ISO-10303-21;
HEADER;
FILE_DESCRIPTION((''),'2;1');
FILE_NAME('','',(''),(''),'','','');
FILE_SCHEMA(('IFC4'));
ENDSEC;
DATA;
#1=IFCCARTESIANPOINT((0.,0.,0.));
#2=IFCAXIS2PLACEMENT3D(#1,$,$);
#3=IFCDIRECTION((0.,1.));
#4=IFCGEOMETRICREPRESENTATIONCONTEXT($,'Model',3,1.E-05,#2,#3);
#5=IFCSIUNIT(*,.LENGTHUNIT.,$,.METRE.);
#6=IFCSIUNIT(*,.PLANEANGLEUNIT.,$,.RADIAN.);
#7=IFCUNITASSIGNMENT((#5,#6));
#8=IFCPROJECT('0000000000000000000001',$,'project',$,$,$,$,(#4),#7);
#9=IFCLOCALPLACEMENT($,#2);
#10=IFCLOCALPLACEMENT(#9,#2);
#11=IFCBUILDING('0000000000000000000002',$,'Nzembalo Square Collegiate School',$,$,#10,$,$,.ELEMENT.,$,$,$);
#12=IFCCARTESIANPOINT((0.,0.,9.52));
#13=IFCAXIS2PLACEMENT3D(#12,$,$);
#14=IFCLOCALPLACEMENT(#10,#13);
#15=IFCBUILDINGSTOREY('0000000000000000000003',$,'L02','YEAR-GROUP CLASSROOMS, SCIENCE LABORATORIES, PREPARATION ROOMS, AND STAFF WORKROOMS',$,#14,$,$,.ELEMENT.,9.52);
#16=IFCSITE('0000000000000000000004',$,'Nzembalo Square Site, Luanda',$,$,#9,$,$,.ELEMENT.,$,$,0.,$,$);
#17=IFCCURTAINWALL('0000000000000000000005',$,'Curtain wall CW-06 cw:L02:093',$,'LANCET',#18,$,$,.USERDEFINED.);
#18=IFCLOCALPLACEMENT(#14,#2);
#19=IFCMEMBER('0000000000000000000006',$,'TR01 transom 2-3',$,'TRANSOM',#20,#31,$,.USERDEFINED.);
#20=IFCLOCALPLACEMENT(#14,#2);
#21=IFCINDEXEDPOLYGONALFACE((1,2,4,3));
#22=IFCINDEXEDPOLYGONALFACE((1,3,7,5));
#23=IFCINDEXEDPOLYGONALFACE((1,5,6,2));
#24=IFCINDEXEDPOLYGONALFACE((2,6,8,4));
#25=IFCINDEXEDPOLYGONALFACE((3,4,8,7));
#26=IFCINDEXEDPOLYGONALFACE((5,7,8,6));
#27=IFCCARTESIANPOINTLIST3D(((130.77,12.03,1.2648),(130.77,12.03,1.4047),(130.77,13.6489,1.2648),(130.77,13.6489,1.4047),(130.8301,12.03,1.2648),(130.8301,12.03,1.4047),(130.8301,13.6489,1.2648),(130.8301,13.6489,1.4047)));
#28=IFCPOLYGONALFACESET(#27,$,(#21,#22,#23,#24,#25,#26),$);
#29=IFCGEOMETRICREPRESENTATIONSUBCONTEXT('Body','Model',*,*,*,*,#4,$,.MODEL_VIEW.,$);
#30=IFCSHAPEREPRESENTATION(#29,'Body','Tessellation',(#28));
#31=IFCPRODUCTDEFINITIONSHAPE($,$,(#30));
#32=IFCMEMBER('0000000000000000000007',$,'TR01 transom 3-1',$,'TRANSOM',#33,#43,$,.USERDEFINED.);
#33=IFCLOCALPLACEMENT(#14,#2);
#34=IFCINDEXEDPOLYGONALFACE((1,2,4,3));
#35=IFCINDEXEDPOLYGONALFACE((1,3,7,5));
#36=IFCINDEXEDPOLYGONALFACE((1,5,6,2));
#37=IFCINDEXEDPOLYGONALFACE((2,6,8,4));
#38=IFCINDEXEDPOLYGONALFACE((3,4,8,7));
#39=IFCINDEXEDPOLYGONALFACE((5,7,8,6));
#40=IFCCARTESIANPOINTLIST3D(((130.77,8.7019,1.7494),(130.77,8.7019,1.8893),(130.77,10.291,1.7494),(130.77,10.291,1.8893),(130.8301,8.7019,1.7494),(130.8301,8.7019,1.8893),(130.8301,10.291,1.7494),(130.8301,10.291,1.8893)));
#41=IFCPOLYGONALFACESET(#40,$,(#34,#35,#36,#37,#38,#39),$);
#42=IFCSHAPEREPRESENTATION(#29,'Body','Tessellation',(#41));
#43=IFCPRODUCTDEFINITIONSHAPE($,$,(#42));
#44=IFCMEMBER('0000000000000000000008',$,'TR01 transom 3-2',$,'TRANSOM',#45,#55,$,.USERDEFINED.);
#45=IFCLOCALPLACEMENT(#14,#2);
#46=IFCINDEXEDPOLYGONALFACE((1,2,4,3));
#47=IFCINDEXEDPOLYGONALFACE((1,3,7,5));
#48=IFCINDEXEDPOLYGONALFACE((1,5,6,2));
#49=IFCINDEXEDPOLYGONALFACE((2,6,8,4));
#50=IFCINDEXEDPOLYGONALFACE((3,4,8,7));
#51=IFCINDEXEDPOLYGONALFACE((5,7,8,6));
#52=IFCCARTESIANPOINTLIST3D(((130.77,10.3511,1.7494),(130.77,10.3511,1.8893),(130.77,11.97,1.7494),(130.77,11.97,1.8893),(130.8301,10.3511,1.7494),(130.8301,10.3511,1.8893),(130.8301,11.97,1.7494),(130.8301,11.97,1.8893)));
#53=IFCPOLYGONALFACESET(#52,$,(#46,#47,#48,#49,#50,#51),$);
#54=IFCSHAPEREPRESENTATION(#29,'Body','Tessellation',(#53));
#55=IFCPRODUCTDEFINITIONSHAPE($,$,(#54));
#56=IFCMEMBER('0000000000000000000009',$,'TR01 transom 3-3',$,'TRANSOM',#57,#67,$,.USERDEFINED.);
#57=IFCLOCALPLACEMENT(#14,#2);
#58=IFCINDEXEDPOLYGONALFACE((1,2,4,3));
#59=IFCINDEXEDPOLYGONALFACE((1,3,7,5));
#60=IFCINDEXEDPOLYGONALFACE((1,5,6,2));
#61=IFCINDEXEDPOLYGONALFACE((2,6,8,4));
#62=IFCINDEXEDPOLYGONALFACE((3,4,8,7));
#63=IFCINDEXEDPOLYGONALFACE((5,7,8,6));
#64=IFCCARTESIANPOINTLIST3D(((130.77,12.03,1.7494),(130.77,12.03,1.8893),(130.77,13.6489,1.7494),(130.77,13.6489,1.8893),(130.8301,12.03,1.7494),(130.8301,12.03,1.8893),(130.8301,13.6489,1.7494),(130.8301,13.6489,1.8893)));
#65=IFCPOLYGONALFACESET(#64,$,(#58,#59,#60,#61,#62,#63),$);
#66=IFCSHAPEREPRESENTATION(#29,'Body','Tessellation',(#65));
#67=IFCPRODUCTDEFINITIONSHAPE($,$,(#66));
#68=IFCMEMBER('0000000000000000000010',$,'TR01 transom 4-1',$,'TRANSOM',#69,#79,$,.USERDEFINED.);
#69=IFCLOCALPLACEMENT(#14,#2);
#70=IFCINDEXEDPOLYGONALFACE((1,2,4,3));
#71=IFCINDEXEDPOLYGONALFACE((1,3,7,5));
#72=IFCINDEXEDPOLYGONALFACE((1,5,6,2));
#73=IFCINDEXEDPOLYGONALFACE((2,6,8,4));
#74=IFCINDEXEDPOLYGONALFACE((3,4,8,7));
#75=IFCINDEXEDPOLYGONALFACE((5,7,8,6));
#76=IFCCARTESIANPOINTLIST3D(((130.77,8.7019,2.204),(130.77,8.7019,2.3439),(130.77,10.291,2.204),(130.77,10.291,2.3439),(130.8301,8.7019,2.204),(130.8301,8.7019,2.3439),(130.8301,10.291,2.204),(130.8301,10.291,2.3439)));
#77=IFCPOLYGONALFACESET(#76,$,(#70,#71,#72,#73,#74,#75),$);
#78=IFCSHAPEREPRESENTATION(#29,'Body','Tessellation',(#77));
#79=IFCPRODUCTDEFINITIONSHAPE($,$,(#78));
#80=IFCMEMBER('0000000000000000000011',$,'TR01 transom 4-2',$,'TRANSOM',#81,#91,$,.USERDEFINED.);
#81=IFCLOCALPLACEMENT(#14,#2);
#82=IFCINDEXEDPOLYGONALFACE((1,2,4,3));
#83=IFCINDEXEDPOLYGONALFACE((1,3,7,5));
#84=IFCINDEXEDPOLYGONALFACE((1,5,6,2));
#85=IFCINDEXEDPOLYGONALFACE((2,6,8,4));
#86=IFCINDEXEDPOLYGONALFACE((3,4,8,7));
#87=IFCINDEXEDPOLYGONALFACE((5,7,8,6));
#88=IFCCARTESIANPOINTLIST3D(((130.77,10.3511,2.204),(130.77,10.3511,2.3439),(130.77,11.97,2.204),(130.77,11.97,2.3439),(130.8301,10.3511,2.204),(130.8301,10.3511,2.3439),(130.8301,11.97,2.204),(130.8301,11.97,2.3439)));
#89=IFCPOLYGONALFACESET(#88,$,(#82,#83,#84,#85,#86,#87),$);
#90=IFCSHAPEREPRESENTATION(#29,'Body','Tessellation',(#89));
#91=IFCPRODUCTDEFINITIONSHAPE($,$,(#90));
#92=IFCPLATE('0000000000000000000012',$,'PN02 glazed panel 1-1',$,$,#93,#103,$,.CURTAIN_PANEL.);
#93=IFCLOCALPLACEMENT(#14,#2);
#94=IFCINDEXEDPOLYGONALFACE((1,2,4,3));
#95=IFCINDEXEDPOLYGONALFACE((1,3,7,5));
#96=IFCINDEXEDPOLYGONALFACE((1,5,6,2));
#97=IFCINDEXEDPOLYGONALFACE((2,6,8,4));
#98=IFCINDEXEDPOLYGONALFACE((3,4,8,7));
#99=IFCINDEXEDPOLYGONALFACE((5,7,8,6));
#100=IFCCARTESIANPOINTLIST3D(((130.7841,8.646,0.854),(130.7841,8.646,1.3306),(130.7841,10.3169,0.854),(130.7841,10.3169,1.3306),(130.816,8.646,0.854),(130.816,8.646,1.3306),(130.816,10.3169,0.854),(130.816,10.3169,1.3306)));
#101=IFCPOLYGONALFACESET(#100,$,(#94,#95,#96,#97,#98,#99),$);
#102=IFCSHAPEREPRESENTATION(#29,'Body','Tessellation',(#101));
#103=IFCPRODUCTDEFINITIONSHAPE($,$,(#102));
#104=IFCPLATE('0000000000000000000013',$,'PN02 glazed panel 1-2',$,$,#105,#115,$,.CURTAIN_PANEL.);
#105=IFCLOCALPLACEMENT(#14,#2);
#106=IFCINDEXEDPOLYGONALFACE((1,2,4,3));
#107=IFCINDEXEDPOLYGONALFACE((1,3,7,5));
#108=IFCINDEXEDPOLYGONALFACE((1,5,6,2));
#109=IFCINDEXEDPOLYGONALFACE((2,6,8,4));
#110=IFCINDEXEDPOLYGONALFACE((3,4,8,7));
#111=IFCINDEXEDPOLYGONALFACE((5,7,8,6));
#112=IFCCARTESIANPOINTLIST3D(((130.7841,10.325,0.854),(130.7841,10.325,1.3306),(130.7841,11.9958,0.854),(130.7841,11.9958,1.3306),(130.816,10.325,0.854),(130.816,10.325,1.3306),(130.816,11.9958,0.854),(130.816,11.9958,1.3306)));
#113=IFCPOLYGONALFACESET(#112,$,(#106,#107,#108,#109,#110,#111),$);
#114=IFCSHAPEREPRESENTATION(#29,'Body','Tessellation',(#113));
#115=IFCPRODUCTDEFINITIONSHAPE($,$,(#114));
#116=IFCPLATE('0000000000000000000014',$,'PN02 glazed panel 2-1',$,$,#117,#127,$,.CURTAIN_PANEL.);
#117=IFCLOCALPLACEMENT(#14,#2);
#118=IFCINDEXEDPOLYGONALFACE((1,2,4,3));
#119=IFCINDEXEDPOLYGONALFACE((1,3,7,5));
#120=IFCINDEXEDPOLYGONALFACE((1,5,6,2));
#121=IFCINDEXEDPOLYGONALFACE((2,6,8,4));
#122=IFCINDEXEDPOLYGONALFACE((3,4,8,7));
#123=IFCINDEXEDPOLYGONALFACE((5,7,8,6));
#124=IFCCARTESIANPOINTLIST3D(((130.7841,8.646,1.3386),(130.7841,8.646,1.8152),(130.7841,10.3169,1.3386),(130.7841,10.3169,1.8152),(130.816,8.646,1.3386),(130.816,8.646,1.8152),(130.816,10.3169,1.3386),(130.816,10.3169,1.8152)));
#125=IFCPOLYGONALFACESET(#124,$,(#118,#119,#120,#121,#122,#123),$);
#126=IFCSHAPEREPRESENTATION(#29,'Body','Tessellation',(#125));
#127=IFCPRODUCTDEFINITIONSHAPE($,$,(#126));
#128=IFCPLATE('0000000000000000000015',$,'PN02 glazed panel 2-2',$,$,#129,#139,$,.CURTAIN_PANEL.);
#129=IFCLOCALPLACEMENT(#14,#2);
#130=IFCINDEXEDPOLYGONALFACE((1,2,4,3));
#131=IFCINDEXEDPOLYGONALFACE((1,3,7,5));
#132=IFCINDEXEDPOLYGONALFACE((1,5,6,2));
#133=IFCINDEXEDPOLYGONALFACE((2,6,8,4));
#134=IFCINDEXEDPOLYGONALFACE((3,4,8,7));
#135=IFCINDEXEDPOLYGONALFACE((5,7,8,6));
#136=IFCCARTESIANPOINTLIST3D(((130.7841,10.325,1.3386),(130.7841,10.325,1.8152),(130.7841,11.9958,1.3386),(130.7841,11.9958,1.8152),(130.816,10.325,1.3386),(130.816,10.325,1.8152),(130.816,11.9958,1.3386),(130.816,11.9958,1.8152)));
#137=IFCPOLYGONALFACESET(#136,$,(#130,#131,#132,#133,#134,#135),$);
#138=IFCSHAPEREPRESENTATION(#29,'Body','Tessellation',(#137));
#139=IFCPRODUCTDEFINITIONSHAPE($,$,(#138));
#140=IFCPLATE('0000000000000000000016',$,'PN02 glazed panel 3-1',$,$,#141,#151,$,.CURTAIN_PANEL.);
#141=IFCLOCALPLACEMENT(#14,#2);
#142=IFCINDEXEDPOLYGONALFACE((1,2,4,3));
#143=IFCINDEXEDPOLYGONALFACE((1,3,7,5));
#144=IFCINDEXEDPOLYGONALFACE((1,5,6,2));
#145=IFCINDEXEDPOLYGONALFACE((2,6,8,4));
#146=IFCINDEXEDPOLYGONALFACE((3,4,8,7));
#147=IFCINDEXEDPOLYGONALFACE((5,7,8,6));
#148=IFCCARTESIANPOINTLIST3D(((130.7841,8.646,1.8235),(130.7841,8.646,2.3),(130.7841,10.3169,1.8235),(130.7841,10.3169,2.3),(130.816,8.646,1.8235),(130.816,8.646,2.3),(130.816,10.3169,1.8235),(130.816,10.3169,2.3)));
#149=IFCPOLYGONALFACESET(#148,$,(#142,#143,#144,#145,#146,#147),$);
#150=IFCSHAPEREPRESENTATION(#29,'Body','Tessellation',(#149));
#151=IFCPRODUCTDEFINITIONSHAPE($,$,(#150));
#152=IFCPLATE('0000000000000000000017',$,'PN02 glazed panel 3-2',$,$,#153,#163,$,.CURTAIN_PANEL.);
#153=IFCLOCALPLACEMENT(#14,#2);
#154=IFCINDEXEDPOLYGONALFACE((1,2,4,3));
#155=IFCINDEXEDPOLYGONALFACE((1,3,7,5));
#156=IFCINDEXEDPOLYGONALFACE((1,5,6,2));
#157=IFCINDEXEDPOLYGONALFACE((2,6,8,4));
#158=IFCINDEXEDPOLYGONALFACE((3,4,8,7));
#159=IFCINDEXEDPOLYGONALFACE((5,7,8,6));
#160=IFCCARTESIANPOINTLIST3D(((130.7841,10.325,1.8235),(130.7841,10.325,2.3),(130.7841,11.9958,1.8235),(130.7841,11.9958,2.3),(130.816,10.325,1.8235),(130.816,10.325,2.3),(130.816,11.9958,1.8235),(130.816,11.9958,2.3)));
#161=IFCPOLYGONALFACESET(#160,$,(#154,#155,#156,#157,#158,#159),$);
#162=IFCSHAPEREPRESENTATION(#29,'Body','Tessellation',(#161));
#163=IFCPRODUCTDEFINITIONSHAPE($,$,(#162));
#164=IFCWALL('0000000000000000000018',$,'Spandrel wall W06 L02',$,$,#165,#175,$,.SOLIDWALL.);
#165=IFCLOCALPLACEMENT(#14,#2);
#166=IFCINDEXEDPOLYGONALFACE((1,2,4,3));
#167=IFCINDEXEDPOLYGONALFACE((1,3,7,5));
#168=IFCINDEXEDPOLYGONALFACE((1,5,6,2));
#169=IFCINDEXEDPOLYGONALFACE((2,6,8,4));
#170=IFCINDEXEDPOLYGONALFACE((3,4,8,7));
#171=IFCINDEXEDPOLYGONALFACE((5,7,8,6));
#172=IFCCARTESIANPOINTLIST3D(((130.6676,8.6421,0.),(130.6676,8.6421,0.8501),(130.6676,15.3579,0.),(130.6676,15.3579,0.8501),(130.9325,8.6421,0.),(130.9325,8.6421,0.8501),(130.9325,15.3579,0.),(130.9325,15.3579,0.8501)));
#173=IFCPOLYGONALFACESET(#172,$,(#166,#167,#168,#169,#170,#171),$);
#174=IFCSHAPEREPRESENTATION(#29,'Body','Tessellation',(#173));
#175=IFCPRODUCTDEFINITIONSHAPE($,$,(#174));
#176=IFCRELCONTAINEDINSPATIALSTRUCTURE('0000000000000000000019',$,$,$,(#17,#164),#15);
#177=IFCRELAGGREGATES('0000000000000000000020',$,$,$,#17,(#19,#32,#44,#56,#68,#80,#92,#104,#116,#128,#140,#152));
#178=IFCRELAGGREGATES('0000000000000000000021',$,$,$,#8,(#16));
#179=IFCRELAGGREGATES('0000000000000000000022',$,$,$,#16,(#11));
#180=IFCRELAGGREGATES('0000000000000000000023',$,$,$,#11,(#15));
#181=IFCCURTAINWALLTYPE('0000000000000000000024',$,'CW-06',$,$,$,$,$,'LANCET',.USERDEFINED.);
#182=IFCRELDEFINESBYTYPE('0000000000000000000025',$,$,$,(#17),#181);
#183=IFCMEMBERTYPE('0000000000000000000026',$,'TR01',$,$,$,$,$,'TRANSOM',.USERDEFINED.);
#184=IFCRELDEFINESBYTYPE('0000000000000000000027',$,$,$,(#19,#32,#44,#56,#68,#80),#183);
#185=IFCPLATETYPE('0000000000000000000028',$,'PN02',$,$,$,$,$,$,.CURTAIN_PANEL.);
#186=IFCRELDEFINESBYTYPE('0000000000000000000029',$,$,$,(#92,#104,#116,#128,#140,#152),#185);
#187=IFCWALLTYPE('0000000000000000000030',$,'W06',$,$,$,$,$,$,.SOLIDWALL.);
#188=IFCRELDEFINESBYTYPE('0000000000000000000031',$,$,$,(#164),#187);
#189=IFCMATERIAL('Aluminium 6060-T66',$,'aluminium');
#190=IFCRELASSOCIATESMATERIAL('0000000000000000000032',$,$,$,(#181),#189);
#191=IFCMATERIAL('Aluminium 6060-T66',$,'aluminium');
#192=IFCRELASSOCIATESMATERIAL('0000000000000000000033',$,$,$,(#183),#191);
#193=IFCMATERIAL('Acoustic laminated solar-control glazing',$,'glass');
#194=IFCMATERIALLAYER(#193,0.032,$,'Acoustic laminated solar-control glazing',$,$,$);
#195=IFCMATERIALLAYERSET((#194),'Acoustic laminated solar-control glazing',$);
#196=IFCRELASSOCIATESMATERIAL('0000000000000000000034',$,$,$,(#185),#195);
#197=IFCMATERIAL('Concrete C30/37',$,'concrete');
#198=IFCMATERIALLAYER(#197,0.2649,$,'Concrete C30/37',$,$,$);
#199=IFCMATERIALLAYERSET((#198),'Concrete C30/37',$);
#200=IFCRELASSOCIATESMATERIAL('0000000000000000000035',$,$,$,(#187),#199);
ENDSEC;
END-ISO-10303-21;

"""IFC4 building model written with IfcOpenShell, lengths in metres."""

from ifc_helpers import new_model, si_unit, direction, frame, frame_2d, origin, origin_2d, place, context, subcontext, project, spatial, rectangle, extrude, material, layer, layer_set, material_profile, profile_set, type_object, element, aggregate, save


model = new_model("IFC4")

# Units and contexts
model_context = context("Model", 3, precision=1e-05, world=origin(), true_north=direction((0.0, 1.0)))
body_context = subcontext(model_context, "Body", "Model", "MODEL_VIEW")
ifc_project = project(units=[si_unit("LENGTHUNIT", "METRE"), si_unit("PLANEANGLEUNIT", "RADIAN")], contexts=[model_context])

# Site, building, storey
site_placement = place(None, origin())
site = spatial("IfcSite", under=ifc_project, at=site_placement, Name="Nzembalo Square Site, Luanda", CompositionType="ELEMENT", RefElevation=0.0)
building_placement = place(site_placement, origin())
building = spatial("IfcBuilding", under=site, at=building_placement, Name="Nzembalo Square Collegiate School", CompositionType="ELEMENT")
storey_placement = place(building_placement, frame((0.0, 0.0, 9.52)))
storey = spatial("IfcBuildingStorey", under=building, at=storey_placement, Name="L02", Description="YEAR-GROUP CLASSROOMS, SCIENCE LABORATORIES, PREPARATION ROOMS, AND STAFF WORKROOMS", CompositionType="ELEMENT", Elevation=9.52)

# Curtain wall, members, plates
ifc_material_1 = material(Name="Aluminium 6060-T66", Category="aluminium")
curtain_wall_type = type_object("IfcCurtainWallType", Name="CW-06", ElementType="LANCET", PredefinedType="USERDEFINED", material=ifc_material_1)
curtain_wall_placement = place(storey_placement, origin())
curtain_wall = element("IfcCurtainWall", 1, at=curtain_wall_placement, inside=storey, type_object=curtain_wall_type, Name="Curtain wall CW-06 cw:L02:093", ObjectType="LANCET", PredefinedType="USERDEFINED")
ifc_material_2 = material(Name="Aluminium 6060-T66", Category="aluminium")
ifc_material_profile_1 = material_profile(ifc_material_2, rectangle(XDim=0.0601, YDim=0.1399, at=origin_2d()), Name="ALU T60x140")
ifc_profile_set_1 = profile_set([ifc_material_profile_1], Name="Aluminium 6060-T66")
member_type_1 = type_object("IfcMemberType", Name="TR01", ElementType="TRANSOM", PredefinedType="USERDEFINED", material=ifc_profile_set_1)
member_1_placement = place(storey_placement, frame((130.8, 12.03, 1.3347), z_axis=(0.0, 1.0, 0.0), x_axis=(-1.0, 0.0, 0.0)))
member_1 = element("IfcMember", 2, at=member_1_placement, type_object=member_type_1, Name="TR01 transom 2-3", ObjectType="TRANSOM", PredefinedType="USERDEFINED", context=body_context, shape_type="SweptSolid", body=[
    extrude(rectangle(XDim=0.0601, YDim=0.1399, at=origin_2d()), origin(), (0.0, 0.0, 1.0), 1.6189),
])
member_2_placement = place(storey_placement, frame((130.8, 8.7019, 1.8193), z_axis=(0.0, 1.0, 0.0), x_axis=(-1.0, 0.0, 0.0)))
member_2 = element("IfcMember", 3, at=member_2_placement, type_object=member_type_1, Name="TR01 transom 3-1", ObjectType="TRANSOM", PredefinedType="USERDEFINED", context=body_context, shape_type="SweptSolid", body=[
    extrude(rectangle(XDim=0.0601, YDim=0.1399, at=origin_2d()), origin(), (0.0, 0.0, 1.0), 1.5891),
])
member_3_placement = place(storey_placement, frame((130.8, 10.3511, 1.8193), z_axis=(0.0, 1.0, 0.0), x_axis=(-1.0, 0.0, 0.0)))
member_3 = element("IfcMember", 4, at=member_3_placement, type_object=member_type_1, Name="TR01 transom 3-2", ObjectType="TRANSOM", PredefinedType="USERDEFINED", context=body_context, shape_type="SweptSolid", body=[
    extrude(rectangle(XDim=0.0601, YDim=0.1399, at=origin_2d()), origin(), (0.0, 0.0, 1.0), 1.6189),
])
member_4_placement = place(storey_placement, frame((130.8, 12.03, 1.8193), z_axis=(0.0, 1.0, 0.0), x_axis=(-1.0, 0.0, 0.0)))
member_4 = element("IfcMember", 5, at=member_4_placement, type_object=member_type_1, Name="TR01 transom 3-3", ObjectType="TRANSOM", PredefinedType="USERDEFINED", context=body_context, shape_type="SweptSolid", body=[
    extrude(rectangle(XDim=0.0601, YDim=0.1399, at=origin_2d()), origin(), (0.0, 0.0, 1.0), 1.6189),
])
member_5_placement = place(storey_placement, frame((130.8, 8.7019, 2.2739), z_axis=(0.0, 1.0, 0.0), x_axis=(-1.0, 0.0, 0.0)))
member_5 = element("IfcMember", 6, at=member_5_placement, type_object=member_type_1, Name="TR01 transom 4-1", ObjectType="TRANSOM", PredefinedType="USERDEFINED", context=body_context, shape_type="SweptSolid", body=[
    extrude(rectangle(XDim=0.0601, YDim=0.1399, at=origin_2d()), origin(), (0.0, 0.0, 1.0), 1.5891),
])
member_6_placement = place(storey_placement, frame((130.8, 10.3511, 2.2739), z_axis=(0.0, 1.0, 0.0), x_axis=(-1.0, 0.0, 0.0)))
member_6 = element("IfcMember", 7, at=member_6_placement, type_object=member_type_1, Name="TR01 transom 4-2", ObjectType="TRANSOM", PredefinedType="USERDEFINED", context=body_context, shape_type="SweptSolid", body=[
    extrude(rectangle(XDim=0.0601, YDim=0.1399, at=origin_2d()), origin(), (0.0, 0.0, 1.0), 1.6189),
])
ifc_material_3 = material(Name="Acoustic laminated solar-control glazing", Category="glass")
ifc_layer_1 = layer(ifc_material_3, 0.032, Name="Acoustic laminated solar-control glazing")
ifc_layer_set_1 = layer_set([ifc_layer_1], Name="Acoustic laminated solar-control glazing")
plate_type = type_object("IfcPlateType", Name="PN02", PredefinedType="CURTAIN_PANEL", material=ifc_layer_set_1)
plate_1_placement = place(storey_placement, frame((130.8, 9.4814, 0.854), z_axis=(0.0, 0.0, 1.0), x_axis=(0.0, 1.0, 0.0)))
plate_1 = element("IfcPlate", 8, at=plate_1_placement, type_object=plate_type, Name="PN02 glazed panel 1-1", PredefinedType="CURTAIN_PANEL", context=body_context, shape_type="SweptSolid", body=[
    extrude(rectangle(XDim=1.6709, YDim=0.032, at=origin_2d()), origin(), (0.0, 0.0, 1.0), 0.4766),
])
plate_2_placement = place(storey_placement, frame((130.8, 11.1604, 0.854), z_axis=(0.0, 0.0, 1.0), x_axis=(0.0, 1.0, 0.0)))
plate_2 = element("IfcPlate", 9, at=plate_2_placement, type_object=plate_type, Name="PN02 glazed panel 1-2", PredefinedType="CURTAIN_PANEL", context=body_context, shape_type="SweptSolid", body=[
    extrude(rectangle(XDim=1.6709, YDim=0.032, at=origin_2d()), origin(), (0.0, 0.0, 1.0), 0.4766),
])
plate_3_placement = place(storey_placement, frame((130.8, 9.4814, 1.3386), z_axis=(0.0, 0.0, 1.0), x_axis=(0.0, 1.0, 0.0)))
plate_3 = element("IfcPlate", 10, at=plate_3_placement, type_object=plate_type, Name="PN02 glazed panel 2-1", PredefinedType="CURTAIN_PANEL", context=body_context, shape_type="SweptSolid", body=[
    extrude(rectangle(XDim=1.6709, YDim=0.032, at=origin_2d()), origin(), (0.0, 0.0, 1.0), 0.4766),
])
plate_4_placement = place(storey_placement, frame((130.8, 11.1604, 1.3386), z_axis=(0.0, 0.0, 1.0), x_axis=(0.0, 1.0, 0.0)))
plate_4 = element("IfcPlate", 11, at=plate_4_placement, type_object=plate_type, Name="PN02 glazed panel 2-2", PredefinedType="CURTAIN_PANEL", context=body_context, shape_type="SweptSolid", body=[
    extrude(rectangle(XDim=1.6709, YDim=0.032, at=origin_2d()), origin(), (0.0, 0.0, 1.0), 0.4766),
])
plate_5_placement = place(storey_placement, frame((130.8, 9.4814, 1.8235), z_axis=(0.0, 0.0, 1.0), x_axis=(0.0, 1.0, 0.0)))
plate_5 = element("IfcPlate", 12, at=plate_5_placement, type_object=plate_type, Name="PN02 glazed panel 3-1", PredefinedType="CURTAIN_PANEL", context=body_context, shape_type="SweptSolid", body=[
    extrude(rectangle(XDim=1.6709, YDim=0.032, at=origin_2d()), origin(), (0.0, 0.0, 1.0), 0.4766),
])
plate_6_placement = place(storey_placement, frame((130.8, 11.1604, 1.8235), z_axis=(0.0, 0.0, 1.0), x_axis=(0.0, 1.0, 0.0)))
plate_6 = element("IfcPlate", 13, at=plate_6_placement, type_object=plate_type, Name="PN02 glazed panel 3-2", PredefinedType="CURTAIN_PANEL", context=body_context, shape_type="SweptSolid", body=[
    extrude(rectangle(XDim=1.6709, YDim=0.032, at=origin_2d()), origin(), (0.0, 0.0, 1.0), 0.4766),
])
aggregate(curtain_wall, [member_1, member_2, member_3, member_4, member_5, member_6, plate_1, plate_2, plate_3, plate_4, plate_5, plate_6])

# Wall
ifc_material_4 = material(Name="Concrete C30/37", Category="concrete")
ifc_layer_2 = layer(ifc_material_4, 0.2649, Name="Concrete C30/37")
ifc_layer_set_2 = layer_set([ifc_layer_2], Name="Concrete C30/37")
wall_type = type_object("IfcWallType", Name="W06", PredefinedType="SOLIDWALL", material=ifc_layer_set_2)
wall_placement = place(storey_placement, frame((130.8, 8.6421, 0.0), z_axis=(0.0, 0.0, 1.0), x_axis=(0.0, 1.0, 0.0)))
element("IfcWall", 14, at=wall_placement, inside=storey, type_object=wall_type, Name="Spandrel wall W06 L02", PredefinedType="SOLIDWALL", context=body_context, shape_type="SweptSolid", body=[
    extrude(rectangle(XDim=6.7158, YDim=0.2649, at=frame_2d((3.3579, 0.0))), origin(), (0.0, 0.0, 1.0), 0.8501),
])

save(model, "model.ifc")
